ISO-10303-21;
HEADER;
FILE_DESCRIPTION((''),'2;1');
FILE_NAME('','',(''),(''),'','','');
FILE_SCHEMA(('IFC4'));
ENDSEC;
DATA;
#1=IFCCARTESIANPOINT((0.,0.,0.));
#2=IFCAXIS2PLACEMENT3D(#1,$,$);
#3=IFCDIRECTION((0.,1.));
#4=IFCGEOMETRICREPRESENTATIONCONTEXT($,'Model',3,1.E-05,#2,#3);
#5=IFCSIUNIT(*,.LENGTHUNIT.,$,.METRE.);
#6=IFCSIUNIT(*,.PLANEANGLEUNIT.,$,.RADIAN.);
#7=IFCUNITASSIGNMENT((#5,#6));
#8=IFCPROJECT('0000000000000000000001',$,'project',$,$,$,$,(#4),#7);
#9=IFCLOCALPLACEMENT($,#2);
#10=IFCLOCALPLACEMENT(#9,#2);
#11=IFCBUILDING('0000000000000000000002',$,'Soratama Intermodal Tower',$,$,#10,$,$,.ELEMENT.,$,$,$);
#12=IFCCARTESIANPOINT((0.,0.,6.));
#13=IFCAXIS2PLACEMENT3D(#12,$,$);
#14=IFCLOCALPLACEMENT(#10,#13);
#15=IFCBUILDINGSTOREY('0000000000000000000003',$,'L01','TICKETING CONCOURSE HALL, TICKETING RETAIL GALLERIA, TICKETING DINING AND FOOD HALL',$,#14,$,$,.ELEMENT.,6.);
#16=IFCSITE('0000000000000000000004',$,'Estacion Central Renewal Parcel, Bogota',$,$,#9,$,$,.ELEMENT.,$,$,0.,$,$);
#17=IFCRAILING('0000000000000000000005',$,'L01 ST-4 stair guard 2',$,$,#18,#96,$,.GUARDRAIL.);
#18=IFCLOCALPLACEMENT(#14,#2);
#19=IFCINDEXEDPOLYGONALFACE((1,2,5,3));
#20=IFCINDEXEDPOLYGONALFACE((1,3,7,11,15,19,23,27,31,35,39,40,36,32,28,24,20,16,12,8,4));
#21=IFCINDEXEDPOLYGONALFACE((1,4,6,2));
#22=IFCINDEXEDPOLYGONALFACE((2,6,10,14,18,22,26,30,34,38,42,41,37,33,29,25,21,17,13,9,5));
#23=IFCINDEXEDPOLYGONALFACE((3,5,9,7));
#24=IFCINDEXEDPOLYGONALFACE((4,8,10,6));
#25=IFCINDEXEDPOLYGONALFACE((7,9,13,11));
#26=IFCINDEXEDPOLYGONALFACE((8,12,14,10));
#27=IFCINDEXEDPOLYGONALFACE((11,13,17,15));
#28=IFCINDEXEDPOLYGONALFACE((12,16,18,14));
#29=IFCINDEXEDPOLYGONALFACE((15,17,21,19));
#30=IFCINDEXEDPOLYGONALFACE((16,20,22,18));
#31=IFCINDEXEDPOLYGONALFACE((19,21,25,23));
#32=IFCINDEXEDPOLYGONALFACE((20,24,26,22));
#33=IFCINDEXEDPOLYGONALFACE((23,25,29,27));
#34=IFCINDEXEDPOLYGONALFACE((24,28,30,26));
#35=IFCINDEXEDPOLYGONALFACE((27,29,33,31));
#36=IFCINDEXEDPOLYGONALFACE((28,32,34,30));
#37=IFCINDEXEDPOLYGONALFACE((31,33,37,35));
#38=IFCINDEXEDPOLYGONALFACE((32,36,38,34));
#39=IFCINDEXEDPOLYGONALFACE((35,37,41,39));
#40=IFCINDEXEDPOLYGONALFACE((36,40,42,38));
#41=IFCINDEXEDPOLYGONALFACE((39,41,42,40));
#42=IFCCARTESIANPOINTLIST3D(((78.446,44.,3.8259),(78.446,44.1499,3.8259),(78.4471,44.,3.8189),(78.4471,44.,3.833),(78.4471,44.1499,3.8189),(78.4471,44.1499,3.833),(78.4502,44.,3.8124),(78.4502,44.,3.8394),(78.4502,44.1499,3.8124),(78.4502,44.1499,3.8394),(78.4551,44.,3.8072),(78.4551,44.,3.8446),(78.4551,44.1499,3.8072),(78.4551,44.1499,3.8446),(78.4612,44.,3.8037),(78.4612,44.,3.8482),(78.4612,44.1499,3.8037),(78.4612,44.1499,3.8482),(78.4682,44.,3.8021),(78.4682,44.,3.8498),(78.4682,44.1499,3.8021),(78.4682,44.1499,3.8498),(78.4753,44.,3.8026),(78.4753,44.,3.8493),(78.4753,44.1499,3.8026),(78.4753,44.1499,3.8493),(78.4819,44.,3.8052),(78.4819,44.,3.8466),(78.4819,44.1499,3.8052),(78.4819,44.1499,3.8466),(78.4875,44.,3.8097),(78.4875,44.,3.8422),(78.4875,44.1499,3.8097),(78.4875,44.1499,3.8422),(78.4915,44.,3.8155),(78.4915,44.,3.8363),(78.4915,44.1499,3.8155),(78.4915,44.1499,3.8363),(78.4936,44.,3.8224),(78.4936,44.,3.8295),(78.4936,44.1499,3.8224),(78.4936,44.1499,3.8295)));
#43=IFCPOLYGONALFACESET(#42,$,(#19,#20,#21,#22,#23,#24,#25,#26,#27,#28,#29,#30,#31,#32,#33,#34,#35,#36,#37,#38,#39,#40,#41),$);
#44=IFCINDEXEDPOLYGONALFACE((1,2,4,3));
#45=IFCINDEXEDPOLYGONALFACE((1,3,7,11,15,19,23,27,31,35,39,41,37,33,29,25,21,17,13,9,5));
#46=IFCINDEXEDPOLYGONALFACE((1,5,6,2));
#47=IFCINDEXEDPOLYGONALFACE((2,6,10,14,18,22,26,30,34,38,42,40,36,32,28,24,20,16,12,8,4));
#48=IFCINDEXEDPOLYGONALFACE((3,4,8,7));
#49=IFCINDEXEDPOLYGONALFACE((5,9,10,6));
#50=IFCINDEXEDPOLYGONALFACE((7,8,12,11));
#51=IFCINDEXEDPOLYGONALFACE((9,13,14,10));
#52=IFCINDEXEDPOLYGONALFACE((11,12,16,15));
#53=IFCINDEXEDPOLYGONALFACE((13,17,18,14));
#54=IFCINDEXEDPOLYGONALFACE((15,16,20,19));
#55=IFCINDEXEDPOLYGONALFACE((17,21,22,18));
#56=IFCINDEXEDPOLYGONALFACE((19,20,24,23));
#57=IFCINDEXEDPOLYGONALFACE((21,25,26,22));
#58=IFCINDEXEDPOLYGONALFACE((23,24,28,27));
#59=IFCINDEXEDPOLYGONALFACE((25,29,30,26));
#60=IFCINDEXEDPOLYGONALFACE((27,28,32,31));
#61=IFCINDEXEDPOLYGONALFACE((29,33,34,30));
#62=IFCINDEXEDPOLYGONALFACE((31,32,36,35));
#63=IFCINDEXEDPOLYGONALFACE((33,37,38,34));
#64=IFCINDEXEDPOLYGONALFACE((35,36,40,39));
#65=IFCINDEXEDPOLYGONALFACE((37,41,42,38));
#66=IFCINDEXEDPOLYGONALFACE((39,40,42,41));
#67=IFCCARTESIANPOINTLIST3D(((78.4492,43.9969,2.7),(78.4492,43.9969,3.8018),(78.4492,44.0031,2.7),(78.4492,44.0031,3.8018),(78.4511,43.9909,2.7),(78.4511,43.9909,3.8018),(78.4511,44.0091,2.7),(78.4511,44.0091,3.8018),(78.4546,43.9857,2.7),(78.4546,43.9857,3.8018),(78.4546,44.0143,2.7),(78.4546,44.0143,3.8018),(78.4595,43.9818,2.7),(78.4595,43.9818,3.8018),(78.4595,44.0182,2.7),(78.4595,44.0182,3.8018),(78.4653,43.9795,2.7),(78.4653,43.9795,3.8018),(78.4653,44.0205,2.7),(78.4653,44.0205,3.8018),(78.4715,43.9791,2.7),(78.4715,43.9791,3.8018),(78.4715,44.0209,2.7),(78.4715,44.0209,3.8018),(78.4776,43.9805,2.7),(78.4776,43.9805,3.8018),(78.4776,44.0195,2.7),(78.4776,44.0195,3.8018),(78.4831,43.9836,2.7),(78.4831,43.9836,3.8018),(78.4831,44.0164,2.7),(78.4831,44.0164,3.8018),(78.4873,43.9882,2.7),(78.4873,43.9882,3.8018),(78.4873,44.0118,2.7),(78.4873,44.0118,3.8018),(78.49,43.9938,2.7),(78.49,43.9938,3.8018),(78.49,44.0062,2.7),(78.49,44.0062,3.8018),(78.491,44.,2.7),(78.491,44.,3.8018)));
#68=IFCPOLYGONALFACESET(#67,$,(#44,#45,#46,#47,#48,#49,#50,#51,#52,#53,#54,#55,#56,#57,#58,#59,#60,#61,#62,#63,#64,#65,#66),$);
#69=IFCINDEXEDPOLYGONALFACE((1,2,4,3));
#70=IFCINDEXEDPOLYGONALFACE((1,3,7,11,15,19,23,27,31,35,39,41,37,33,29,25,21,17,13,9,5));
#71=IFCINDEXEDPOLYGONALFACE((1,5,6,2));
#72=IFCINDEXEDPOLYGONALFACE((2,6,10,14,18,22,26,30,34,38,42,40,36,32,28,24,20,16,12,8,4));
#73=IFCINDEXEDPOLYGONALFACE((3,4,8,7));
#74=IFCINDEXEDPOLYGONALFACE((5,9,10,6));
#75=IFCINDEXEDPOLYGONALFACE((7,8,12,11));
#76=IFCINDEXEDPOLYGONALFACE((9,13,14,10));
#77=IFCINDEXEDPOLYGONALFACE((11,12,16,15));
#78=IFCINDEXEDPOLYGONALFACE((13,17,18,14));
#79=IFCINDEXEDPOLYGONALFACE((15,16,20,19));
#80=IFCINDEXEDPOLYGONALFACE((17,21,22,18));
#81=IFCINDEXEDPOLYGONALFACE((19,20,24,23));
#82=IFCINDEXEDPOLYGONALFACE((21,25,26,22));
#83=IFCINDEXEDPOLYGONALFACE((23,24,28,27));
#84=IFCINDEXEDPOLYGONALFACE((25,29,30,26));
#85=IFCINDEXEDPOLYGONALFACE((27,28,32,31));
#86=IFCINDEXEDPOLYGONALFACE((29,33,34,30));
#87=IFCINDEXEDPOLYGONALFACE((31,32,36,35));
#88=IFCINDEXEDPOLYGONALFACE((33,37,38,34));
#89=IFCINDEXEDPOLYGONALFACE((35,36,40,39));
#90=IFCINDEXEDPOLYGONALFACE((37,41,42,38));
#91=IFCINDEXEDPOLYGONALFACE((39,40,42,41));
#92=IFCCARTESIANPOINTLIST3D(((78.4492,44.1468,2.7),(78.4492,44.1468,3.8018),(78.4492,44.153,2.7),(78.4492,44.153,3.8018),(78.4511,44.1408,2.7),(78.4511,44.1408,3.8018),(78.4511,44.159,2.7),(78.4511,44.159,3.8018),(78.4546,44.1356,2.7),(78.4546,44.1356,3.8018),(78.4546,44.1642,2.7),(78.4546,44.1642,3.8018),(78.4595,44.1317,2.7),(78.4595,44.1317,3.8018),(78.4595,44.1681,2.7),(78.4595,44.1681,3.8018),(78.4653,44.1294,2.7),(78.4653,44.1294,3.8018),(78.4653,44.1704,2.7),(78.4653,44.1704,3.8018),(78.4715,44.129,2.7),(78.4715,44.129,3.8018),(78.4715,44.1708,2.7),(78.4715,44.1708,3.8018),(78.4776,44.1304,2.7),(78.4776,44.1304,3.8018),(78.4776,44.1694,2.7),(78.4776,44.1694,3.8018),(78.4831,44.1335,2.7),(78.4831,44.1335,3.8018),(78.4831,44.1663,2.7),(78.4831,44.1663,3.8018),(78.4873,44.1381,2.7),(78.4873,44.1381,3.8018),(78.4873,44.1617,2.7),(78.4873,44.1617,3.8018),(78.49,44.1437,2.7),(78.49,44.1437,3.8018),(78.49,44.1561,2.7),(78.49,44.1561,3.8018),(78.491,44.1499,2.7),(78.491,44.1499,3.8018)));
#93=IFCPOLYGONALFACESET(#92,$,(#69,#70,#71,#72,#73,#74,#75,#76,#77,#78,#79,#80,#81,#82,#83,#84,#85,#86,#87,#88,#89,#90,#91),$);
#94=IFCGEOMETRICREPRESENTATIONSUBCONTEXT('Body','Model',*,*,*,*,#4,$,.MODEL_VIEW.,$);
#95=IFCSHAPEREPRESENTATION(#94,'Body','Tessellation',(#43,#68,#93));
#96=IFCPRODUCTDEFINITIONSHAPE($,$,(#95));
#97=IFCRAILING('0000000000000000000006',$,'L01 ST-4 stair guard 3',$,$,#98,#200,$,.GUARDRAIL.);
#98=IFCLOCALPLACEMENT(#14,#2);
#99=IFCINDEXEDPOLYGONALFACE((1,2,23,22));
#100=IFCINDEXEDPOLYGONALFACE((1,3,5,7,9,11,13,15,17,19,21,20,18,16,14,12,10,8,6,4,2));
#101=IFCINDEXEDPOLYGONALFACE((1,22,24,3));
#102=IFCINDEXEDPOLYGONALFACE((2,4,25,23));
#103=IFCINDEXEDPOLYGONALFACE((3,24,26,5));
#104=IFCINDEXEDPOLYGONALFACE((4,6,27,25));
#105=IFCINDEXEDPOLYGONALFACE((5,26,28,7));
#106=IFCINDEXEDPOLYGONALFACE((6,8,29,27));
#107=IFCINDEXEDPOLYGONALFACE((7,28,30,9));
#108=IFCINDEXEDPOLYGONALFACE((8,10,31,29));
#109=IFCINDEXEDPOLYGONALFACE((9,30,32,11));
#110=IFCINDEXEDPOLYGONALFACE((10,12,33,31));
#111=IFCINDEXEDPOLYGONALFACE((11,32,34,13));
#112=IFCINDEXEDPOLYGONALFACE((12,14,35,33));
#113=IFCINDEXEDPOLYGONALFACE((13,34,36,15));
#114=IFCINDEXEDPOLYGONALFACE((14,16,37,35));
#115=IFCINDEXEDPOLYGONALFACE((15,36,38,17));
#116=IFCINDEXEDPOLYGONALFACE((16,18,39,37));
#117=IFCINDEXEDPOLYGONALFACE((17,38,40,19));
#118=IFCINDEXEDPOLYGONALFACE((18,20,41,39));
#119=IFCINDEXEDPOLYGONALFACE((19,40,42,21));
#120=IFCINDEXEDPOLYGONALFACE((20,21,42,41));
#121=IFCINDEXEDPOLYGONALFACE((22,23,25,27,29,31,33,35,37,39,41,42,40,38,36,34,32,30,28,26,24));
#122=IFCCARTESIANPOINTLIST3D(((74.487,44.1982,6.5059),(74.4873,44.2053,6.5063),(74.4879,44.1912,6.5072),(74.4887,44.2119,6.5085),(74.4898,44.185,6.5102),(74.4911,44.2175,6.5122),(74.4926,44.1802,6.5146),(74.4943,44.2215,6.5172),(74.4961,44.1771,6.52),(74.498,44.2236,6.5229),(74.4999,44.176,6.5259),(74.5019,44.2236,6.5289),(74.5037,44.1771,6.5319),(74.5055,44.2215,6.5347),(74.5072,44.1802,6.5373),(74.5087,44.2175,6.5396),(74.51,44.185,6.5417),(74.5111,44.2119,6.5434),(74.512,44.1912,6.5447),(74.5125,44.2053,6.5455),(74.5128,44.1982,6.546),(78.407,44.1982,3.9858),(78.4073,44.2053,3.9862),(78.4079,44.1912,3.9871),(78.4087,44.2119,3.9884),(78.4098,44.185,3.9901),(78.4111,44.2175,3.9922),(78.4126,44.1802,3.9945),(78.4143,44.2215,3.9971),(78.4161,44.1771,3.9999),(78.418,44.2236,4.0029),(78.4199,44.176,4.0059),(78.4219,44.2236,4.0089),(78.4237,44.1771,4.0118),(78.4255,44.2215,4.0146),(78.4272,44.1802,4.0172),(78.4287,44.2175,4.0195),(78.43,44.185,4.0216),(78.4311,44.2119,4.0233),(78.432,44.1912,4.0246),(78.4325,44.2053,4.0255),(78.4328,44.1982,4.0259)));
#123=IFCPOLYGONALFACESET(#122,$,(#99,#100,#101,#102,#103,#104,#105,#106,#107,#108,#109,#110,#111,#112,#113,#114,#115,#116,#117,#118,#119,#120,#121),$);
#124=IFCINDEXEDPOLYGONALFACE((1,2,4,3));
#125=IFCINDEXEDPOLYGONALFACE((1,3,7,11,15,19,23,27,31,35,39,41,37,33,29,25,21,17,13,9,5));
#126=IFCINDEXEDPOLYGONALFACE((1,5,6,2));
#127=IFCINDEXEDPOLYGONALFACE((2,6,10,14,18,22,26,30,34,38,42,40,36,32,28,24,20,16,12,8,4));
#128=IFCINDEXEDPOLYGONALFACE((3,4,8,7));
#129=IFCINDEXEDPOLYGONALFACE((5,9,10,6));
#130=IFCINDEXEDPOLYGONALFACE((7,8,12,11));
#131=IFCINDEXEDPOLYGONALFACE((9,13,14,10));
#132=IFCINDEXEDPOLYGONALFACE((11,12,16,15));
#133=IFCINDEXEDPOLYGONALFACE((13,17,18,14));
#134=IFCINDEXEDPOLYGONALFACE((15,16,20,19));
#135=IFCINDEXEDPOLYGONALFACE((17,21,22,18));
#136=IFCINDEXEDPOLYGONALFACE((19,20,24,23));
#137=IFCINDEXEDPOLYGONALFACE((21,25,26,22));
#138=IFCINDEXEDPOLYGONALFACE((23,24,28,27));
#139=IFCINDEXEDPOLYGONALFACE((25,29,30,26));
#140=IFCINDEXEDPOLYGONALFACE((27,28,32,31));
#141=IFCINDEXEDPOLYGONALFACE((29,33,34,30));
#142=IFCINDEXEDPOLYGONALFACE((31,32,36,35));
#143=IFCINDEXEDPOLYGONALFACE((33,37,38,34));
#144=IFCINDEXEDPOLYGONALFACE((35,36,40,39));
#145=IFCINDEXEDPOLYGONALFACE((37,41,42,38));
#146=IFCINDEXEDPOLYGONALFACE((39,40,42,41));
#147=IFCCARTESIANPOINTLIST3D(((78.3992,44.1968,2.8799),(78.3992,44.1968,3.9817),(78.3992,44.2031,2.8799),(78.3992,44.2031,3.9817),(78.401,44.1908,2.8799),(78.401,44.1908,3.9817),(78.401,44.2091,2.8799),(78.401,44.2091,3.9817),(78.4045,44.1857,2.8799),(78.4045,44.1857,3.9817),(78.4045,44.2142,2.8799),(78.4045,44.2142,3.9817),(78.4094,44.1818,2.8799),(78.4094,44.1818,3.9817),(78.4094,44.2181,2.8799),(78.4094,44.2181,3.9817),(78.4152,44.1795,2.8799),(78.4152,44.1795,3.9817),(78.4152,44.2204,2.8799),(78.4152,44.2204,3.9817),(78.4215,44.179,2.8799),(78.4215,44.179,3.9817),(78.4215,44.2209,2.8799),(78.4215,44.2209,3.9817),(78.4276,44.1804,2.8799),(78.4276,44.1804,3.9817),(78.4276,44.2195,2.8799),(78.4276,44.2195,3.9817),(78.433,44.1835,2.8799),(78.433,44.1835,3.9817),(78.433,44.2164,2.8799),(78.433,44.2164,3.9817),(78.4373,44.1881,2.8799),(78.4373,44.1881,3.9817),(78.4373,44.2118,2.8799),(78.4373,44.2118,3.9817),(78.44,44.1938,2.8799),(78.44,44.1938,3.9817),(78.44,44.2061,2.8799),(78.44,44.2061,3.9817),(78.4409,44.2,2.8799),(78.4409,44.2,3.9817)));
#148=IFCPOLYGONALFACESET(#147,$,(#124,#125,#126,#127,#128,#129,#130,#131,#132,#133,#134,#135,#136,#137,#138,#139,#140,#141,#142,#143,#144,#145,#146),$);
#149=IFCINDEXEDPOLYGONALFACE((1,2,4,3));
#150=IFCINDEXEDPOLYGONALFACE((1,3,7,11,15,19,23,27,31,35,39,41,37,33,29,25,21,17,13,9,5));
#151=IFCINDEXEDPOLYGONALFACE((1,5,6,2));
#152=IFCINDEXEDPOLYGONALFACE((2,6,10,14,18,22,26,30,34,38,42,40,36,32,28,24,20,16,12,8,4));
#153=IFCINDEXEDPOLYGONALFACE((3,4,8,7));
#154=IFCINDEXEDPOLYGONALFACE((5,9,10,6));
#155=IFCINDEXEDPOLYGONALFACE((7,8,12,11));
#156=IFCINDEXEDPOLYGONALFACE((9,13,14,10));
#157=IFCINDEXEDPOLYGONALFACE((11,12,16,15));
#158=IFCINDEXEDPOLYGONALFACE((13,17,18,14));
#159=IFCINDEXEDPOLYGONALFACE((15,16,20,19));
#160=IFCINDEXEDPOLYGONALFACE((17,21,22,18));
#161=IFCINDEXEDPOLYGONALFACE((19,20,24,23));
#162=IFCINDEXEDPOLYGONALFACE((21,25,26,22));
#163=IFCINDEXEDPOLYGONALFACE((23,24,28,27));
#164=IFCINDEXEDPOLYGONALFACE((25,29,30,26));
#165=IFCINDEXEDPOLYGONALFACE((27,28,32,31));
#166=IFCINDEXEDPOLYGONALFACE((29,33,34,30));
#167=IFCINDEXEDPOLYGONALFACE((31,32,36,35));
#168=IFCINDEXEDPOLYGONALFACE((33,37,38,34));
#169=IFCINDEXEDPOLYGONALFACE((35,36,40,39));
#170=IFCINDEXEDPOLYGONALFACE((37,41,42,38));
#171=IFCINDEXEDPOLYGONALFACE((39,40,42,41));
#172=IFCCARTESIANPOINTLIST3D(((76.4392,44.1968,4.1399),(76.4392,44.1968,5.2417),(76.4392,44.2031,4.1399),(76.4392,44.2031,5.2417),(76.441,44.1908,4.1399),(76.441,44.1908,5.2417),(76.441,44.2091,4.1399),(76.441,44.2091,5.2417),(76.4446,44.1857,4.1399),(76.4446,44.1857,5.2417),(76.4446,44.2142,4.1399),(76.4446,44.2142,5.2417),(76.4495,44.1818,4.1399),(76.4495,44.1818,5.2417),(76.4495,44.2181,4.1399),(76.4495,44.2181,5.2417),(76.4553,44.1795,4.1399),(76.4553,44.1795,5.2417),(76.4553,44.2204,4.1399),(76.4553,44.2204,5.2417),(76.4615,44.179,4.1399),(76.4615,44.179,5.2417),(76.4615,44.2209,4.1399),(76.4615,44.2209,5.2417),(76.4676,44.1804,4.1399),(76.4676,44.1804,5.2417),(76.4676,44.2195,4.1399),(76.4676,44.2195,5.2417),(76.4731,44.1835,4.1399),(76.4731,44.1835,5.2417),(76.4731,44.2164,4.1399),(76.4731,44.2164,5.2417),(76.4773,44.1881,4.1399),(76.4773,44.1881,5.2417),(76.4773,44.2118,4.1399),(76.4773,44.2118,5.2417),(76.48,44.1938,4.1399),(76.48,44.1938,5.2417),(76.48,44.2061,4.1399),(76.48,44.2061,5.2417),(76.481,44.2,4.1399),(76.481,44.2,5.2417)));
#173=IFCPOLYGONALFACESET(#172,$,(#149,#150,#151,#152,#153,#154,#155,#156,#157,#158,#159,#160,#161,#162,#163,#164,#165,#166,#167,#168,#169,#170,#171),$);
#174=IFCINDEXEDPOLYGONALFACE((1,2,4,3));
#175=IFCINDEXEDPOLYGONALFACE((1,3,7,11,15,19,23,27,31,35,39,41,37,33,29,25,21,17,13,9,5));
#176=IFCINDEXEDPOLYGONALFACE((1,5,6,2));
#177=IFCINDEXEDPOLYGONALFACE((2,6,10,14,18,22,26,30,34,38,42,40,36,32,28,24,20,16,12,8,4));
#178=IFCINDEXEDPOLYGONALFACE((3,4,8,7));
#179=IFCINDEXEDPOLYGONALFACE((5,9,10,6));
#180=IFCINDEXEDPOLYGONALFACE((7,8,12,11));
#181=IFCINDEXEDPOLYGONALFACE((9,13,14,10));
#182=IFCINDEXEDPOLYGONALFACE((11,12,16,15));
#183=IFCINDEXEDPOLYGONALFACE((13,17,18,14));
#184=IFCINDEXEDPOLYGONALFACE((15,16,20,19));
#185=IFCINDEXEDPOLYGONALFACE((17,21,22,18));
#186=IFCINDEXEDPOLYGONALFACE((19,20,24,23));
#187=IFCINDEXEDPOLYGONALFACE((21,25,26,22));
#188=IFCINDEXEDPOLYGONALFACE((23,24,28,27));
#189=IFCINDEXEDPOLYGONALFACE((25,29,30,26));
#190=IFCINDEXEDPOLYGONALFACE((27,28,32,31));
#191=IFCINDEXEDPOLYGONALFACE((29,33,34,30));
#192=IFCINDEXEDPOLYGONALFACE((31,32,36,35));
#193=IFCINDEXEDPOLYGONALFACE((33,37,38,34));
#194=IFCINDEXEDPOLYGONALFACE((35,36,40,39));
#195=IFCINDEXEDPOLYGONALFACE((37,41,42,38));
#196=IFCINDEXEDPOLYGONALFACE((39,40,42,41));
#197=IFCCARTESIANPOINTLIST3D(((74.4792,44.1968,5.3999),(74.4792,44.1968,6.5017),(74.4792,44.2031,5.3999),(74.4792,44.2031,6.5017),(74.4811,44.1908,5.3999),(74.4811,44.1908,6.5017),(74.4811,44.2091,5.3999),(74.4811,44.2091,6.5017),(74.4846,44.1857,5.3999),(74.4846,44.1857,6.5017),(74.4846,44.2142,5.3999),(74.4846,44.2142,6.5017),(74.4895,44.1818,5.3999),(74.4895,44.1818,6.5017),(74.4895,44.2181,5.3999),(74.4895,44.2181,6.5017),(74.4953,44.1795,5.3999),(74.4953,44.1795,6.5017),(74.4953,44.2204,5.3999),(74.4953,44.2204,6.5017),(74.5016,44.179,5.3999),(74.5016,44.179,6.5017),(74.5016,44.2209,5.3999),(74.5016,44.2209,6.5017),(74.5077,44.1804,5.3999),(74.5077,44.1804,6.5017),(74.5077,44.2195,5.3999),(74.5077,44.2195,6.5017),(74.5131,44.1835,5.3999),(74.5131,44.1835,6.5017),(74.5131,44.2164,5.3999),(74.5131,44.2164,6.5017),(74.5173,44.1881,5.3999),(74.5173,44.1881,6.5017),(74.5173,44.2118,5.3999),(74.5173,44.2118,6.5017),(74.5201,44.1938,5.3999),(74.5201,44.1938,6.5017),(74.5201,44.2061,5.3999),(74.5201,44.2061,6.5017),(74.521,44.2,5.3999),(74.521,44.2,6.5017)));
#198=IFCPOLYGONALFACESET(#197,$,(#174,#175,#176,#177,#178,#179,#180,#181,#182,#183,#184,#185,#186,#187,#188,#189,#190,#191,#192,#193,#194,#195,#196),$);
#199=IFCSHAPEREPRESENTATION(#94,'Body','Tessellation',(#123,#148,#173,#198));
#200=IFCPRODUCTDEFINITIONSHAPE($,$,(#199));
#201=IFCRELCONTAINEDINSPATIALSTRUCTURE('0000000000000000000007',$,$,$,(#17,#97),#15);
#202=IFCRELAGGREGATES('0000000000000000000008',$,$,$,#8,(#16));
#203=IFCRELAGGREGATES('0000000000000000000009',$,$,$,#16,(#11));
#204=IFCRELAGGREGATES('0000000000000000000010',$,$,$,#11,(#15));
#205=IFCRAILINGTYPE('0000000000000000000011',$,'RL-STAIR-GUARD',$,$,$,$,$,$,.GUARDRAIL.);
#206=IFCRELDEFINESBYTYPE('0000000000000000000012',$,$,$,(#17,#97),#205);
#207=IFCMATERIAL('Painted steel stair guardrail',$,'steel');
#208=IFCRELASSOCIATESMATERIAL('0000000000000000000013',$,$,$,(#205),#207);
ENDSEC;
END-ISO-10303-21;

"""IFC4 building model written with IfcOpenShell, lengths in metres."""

from ifc_helpers import new_model, si_unit, direction, frame, origin, origin_2d, place, context, subcontext, project, spatial, circle, extrude, material, type_object, element, save


model = new_model("IFC4")

# Units and contexts
model_context = context("Model", 3, precision=1e-05, world=origin(), true_north=direction((0.0, 1.0)))
body_context = subcontext(model_context, "Body", "Model", "MODEL_VIEW")
ifc_project = project(units=[si_unit("LENGTHUNIT", "METRE"), si_unit("PLANEANGLEUNIT", "RADIAN")], contexts=[model_context])

# Site, building, storey
site_placement = place(None, origin())
site = spatial("IfcSite", under=ifc_project, at=site_placement, Name="Estacion Central Renewal Parcel, Bogota", CompositionType="ELEMENT", RefElevation=0.0)
building_placement = place(site_placement, origin())
building = spatial("IfcBuilding", under=site, at=building_placement, Name="Soratama Intermodal Tower", CompositionType="ELEMENT")
storey_placement = place(building_placement, frame((0.0, 0.0, 6.0)))
storey = spatial("IfcBuildingStorey", under=building, at=storey_placement, Name="L01", Description="TICKETING CONCOURSE HALL, TICKETING RETAIL GALLERIA, TICKETING DINING AND FOOD HALL", CompositionType="ELEMENT", Elevation=6.0)

# Railings
ifc_material_1 = material(Name="Painted steel stair guardrail", Category="steel")
railing_type_1 = type_object("IfcRailingType", Name="RL-STAIR-GUARD", PredefinedType="GUARDRAIL", material=ifc_material_1)
railing_1_placement = place(storey_placement, frame((78.47, 44.0, 2.7)))
element("IfcRailing", 1, at=railing_1_placement, inside=storey, type_object=railing_type_1, Name="L01 ST-4 stair guard 2", PredefinedType="GUARDRAIL", context=body_context, shape_type="SweptSolid", body=[
    extrude(circle(Radius=0.0239, at=origin_2d()), frame((0.0, 0.0, 1.126), z_axis=(0.0, 1.0, 0.0), x_axis=(-1.0, 0.0, 0.0)), (0.0, 0.0, 1.0), 0.1499),
    extrude(circle(Radius=0.021, at=origin_2d()), origin(), (0.0, 0.0, 1.0), 1.1018),
    extrude(circle(Radius=0.021, at=origin_2d()), frame((0.0, 0.1499, 0.0)), (0.0, 0.0, 1.0), 1.1018),
])
railing_2_placement = place(storey_placement, frame((78.4199, 44.2, 2.8799)))
element("IfcRailing", 2, at=railing_2_placement, inside=storey, type_object=railing_type_1, Name="L01 ST-4 stair guard 3", PredefinedType="GUARDRAIL", context=body_context, shape_type="SweptSolid", body=[
    extrude(circle(Radius=0.0239, at=origin_2d()), frame((0.0, 0.0, 1.126), z_axis=(-0.841172, 0.0, 0.540768), x_axis=(0.0, -1.0, 0.0)), (0.0, 0.0, 1.0), 4.6602),
    extrude(circle(Radius=0.021, at=origin_2d()), origin(), (0.0, 0.0, 1.0), 1.1018),
    extrude(circle(Radius=0.021, at=origin_2d()), frame((-1.96, 0.0, 1.26)), (0.0, 0.0, 1.0), 1.1018),
    extrude(circle(Radius=0.021, at=origin_2d()), frame((-3.9199, 0.0, 2.52)), (0.0, 0.0, 1.0), 1.1018),
])

save(model, "model.ifc")
